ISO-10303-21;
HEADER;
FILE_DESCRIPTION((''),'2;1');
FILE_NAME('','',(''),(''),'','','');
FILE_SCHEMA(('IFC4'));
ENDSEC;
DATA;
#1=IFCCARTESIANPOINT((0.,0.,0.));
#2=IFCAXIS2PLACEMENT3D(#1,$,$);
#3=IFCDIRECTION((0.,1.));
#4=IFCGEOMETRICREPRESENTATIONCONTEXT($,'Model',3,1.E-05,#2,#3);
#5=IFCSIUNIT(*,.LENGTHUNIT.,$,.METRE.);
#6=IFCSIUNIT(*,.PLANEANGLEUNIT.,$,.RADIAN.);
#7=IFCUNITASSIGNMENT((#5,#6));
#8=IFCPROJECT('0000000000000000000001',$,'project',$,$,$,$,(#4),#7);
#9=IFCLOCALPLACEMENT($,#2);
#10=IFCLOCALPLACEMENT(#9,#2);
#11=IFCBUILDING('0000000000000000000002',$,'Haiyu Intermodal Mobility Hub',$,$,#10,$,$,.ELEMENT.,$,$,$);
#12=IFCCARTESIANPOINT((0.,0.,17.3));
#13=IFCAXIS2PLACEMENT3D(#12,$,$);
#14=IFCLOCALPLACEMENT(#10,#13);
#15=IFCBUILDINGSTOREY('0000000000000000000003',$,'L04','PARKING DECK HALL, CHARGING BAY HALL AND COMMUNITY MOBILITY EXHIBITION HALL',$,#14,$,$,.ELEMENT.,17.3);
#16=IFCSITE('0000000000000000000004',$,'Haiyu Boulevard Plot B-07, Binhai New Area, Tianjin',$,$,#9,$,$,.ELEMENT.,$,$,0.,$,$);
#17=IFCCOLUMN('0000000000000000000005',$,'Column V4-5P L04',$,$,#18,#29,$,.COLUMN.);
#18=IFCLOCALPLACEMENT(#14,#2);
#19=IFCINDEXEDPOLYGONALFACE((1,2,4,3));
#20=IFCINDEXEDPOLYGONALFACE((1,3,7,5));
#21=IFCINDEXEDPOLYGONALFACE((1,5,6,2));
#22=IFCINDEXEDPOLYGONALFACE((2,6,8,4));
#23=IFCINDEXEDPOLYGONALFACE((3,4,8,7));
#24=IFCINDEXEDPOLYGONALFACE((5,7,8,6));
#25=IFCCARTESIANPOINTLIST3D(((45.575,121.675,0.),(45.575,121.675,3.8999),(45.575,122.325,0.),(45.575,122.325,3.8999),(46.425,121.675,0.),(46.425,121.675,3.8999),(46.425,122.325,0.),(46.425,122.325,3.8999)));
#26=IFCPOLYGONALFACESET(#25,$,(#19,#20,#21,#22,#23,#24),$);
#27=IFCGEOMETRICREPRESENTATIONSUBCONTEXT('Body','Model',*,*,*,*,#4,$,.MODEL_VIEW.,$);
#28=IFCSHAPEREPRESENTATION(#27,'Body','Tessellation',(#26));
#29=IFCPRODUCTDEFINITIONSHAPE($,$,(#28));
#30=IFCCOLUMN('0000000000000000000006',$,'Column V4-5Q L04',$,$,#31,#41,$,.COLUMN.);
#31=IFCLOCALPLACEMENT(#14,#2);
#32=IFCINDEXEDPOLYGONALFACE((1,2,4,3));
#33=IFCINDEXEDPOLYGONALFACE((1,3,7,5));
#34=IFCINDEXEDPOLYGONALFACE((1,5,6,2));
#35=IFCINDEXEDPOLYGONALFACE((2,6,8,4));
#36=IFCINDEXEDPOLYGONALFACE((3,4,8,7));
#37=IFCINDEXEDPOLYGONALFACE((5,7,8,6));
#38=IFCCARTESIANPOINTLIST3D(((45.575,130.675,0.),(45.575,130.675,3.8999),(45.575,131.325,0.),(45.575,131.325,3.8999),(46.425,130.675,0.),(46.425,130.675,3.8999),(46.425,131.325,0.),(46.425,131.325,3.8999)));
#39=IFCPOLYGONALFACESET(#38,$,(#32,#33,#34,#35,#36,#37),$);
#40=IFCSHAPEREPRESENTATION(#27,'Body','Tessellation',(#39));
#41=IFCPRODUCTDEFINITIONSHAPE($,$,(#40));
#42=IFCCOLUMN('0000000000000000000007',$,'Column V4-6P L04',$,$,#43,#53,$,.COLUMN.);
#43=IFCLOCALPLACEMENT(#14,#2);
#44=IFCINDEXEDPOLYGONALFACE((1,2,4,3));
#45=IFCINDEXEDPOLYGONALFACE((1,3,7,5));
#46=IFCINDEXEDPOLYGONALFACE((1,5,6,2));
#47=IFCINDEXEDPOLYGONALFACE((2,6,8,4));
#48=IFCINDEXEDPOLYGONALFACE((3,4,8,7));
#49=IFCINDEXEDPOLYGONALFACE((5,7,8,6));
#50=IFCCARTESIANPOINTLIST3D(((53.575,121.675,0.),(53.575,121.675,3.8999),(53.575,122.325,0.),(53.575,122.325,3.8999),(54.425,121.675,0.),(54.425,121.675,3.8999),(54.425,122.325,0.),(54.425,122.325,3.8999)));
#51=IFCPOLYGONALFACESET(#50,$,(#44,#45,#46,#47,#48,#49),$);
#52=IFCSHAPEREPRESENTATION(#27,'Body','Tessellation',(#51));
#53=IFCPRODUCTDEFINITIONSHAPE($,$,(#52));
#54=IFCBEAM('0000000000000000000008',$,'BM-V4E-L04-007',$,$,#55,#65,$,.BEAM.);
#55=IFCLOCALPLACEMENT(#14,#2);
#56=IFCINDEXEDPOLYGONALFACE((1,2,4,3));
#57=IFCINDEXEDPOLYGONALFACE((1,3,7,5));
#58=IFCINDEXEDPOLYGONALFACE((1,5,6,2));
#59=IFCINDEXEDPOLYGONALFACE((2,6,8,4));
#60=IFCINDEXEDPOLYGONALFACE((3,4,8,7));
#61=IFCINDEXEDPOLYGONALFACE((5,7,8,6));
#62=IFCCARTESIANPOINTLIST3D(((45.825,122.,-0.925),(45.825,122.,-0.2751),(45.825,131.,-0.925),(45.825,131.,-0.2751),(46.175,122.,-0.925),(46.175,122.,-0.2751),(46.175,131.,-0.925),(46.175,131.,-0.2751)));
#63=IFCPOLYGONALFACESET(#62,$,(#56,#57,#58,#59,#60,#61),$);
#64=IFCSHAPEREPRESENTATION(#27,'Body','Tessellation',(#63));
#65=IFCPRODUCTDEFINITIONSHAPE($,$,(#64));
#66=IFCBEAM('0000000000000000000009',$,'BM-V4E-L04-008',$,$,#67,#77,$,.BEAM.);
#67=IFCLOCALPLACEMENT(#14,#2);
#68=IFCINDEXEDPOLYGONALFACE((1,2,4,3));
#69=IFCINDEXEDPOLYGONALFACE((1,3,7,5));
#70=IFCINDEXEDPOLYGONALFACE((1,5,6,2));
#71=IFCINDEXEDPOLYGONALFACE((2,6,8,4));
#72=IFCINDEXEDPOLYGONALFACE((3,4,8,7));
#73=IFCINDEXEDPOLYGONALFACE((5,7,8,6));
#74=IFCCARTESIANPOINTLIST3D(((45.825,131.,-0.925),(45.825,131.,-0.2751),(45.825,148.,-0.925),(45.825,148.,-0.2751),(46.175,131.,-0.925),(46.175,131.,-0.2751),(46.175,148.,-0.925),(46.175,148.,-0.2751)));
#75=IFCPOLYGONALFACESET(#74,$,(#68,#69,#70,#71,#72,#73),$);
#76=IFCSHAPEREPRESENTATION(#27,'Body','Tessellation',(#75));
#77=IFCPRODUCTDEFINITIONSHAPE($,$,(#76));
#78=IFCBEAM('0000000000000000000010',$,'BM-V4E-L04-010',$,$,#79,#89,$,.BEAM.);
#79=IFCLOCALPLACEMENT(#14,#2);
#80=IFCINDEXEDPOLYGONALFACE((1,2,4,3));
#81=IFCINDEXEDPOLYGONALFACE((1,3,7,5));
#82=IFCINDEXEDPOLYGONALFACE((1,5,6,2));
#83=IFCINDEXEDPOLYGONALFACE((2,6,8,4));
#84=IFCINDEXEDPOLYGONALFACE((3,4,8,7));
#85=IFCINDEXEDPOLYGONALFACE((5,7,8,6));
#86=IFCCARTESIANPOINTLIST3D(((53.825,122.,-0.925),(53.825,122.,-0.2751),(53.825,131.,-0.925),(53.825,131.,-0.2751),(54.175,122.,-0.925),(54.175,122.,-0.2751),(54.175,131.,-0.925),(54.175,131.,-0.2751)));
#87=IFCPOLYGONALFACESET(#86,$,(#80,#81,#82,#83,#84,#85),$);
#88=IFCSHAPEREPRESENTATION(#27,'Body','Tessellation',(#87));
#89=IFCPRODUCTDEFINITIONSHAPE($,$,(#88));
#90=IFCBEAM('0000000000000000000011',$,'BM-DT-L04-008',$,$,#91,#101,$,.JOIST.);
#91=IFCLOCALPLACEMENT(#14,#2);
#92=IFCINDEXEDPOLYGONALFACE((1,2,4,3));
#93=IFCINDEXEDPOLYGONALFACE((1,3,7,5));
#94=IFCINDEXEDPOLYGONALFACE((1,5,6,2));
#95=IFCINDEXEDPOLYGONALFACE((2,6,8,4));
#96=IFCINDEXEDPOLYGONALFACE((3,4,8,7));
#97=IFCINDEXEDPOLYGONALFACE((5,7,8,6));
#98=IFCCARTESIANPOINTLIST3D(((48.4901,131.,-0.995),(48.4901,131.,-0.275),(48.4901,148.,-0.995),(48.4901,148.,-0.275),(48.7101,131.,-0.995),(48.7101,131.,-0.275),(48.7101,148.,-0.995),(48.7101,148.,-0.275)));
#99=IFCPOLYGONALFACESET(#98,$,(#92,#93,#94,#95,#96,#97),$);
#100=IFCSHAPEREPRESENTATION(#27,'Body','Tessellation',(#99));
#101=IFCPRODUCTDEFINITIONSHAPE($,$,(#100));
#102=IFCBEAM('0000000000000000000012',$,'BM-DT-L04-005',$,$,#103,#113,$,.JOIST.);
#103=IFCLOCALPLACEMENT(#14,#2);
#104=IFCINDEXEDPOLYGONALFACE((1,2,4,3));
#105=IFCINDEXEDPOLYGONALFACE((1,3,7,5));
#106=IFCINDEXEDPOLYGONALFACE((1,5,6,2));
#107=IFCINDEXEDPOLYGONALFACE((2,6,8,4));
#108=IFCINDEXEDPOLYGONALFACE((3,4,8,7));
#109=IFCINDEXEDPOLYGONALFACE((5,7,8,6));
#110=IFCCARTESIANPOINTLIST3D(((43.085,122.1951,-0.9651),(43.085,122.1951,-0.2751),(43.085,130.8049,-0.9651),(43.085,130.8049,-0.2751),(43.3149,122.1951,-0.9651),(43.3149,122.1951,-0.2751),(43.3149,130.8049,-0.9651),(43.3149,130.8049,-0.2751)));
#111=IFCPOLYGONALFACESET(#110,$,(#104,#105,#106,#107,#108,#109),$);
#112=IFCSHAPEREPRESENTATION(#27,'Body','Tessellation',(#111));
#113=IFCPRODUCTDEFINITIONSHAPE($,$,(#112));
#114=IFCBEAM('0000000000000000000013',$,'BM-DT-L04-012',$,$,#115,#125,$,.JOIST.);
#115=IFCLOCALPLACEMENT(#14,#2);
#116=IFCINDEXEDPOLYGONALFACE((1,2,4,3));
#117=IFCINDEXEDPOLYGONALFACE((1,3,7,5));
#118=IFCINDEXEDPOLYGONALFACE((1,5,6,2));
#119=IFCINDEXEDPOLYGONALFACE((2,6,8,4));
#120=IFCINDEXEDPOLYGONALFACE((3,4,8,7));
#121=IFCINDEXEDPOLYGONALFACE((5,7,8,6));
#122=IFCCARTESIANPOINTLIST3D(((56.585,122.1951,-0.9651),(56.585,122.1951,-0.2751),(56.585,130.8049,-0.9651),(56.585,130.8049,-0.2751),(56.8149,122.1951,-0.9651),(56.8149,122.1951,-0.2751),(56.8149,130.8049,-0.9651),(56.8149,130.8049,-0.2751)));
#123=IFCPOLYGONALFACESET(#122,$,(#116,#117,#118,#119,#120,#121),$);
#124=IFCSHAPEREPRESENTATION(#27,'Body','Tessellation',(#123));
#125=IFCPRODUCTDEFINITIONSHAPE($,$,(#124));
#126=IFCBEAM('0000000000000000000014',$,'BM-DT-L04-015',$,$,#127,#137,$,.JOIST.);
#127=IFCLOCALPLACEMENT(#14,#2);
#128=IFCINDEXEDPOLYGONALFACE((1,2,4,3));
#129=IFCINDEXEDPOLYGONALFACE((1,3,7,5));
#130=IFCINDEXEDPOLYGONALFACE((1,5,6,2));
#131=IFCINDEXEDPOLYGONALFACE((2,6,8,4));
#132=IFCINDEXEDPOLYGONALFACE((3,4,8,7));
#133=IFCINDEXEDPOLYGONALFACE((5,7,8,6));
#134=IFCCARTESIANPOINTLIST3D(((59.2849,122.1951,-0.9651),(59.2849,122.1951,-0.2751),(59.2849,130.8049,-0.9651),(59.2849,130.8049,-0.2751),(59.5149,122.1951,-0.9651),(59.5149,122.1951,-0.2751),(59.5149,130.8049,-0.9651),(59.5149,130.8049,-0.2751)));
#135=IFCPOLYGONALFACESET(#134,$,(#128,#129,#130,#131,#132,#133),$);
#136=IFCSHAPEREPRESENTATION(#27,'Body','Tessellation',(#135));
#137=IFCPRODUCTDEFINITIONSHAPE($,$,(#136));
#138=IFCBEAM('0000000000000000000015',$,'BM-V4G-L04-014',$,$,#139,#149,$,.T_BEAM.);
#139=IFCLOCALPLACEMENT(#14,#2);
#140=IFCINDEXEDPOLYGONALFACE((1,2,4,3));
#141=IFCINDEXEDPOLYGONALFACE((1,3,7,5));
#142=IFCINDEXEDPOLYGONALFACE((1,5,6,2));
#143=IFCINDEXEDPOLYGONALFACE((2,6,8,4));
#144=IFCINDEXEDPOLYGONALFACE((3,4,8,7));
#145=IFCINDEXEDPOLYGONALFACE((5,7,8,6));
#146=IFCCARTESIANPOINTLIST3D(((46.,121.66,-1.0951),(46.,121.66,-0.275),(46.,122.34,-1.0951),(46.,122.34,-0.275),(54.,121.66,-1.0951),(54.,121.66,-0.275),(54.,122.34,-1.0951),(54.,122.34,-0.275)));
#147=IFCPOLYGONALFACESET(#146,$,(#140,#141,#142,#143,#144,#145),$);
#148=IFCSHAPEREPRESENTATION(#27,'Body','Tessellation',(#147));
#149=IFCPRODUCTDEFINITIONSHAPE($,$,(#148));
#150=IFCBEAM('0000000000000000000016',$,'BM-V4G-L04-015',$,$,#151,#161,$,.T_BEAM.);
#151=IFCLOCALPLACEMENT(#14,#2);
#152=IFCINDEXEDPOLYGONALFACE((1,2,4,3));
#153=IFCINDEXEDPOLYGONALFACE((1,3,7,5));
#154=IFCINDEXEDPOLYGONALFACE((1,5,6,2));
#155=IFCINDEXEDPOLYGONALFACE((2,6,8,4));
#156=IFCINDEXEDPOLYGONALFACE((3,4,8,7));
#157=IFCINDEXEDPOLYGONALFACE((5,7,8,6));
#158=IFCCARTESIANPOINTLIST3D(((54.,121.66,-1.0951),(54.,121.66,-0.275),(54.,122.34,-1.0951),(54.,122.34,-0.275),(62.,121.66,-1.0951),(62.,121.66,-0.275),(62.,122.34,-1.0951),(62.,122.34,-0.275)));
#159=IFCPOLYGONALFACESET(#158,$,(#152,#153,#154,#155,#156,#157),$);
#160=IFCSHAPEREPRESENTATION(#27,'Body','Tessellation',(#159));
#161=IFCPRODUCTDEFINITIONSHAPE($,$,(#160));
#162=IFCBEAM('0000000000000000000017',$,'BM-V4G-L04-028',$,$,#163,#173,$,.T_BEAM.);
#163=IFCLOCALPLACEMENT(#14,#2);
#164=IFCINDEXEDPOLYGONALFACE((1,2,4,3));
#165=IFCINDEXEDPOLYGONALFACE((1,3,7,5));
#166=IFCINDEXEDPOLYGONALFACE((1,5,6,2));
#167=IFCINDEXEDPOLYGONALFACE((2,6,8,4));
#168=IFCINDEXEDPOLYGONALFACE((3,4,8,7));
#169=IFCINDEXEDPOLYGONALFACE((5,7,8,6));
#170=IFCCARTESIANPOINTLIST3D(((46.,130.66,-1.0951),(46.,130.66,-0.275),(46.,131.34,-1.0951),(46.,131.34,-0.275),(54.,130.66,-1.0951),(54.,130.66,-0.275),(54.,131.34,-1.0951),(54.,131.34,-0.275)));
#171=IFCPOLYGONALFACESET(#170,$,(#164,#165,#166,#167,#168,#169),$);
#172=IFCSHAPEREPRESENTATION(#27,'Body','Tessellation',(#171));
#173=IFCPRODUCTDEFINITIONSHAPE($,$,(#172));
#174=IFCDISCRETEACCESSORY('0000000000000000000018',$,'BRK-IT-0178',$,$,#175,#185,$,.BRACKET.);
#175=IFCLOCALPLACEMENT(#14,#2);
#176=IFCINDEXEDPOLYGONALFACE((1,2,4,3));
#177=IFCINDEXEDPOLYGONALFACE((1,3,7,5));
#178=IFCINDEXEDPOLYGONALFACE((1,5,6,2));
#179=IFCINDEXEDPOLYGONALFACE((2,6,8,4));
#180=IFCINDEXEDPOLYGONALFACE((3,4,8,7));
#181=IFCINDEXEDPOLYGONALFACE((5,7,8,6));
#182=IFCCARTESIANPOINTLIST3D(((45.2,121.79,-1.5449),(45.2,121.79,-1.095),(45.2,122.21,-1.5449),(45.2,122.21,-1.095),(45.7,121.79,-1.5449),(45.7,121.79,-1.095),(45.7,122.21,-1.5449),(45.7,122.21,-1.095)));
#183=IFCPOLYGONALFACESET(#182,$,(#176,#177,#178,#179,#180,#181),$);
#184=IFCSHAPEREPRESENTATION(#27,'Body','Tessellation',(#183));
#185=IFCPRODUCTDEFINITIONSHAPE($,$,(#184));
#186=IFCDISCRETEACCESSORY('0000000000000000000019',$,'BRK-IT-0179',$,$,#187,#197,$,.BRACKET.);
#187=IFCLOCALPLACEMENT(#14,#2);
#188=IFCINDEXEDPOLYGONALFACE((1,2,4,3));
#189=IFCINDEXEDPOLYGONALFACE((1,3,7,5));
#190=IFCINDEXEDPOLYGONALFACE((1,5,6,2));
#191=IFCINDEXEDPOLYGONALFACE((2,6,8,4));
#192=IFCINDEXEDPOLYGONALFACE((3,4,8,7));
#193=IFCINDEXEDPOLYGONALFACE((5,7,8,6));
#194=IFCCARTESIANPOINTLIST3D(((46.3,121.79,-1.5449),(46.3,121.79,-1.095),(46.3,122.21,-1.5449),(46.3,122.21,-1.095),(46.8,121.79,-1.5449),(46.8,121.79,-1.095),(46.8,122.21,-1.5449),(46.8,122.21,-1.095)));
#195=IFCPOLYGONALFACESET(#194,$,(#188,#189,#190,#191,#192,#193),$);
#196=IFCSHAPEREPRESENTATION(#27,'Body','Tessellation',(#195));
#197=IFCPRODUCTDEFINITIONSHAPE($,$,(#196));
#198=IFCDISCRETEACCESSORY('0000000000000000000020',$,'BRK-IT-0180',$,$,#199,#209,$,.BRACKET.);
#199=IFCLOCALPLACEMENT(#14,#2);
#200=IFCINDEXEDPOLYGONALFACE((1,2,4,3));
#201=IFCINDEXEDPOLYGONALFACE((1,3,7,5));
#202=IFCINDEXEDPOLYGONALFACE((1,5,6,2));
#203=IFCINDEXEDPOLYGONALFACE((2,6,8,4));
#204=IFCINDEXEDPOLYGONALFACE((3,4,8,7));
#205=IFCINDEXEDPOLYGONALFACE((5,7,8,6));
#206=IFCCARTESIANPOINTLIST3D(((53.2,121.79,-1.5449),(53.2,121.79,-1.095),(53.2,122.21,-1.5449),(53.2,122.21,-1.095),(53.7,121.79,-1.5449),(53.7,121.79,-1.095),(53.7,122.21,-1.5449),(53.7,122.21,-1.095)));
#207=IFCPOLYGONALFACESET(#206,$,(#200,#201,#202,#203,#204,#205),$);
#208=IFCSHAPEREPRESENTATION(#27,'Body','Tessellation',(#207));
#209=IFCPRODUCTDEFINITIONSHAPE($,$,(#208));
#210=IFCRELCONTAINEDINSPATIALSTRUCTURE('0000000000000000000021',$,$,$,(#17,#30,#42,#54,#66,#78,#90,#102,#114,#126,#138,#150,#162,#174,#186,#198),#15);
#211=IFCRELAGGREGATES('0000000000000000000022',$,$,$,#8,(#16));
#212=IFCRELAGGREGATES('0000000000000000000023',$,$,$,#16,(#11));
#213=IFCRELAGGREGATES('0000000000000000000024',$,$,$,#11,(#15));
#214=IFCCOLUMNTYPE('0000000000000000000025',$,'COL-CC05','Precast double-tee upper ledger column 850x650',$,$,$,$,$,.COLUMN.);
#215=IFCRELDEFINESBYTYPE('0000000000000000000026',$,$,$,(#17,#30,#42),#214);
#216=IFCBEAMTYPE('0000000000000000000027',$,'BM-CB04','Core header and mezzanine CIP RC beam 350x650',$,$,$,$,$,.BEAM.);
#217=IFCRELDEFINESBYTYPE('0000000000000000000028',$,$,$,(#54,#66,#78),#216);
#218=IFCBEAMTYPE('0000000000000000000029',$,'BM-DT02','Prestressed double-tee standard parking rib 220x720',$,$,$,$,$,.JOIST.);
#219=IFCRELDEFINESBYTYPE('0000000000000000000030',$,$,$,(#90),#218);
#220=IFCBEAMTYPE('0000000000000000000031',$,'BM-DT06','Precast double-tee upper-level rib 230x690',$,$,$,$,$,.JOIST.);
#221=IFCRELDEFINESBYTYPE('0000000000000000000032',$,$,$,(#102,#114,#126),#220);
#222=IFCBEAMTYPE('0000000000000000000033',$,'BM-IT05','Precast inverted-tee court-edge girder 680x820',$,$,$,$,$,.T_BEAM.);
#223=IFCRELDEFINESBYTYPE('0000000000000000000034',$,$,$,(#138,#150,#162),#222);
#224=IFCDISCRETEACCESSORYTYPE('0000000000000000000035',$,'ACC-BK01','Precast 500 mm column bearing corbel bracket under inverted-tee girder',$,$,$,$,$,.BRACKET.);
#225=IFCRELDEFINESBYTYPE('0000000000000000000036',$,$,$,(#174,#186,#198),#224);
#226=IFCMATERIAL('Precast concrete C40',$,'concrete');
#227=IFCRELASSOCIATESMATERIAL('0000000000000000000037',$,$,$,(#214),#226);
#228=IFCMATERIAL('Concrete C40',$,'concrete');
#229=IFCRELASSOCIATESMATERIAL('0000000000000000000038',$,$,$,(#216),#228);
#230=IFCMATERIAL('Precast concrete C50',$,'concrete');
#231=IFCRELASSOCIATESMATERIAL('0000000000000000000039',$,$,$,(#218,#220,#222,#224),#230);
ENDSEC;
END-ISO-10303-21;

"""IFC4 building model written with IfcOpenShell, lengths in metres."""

from ifc_helpers import new_model, si_unit, direction, frame, origin, origin_2d, place, context, subcontext, project, spatial, rectangle, extrude, material, material_profile, profile_set, type_object, element, save


model = new_model("IFC4")

# Units and contexts
model_context = context("Model", 3, precision=1e-05, world=origin(), true_north=direction((0.0, 1.0)))
body_context = subcontext(model_context, "Body", "Model", "MODEL_VIEW")
ifc_project = project(units=[si_unit("LENGTHUNIT", "METRE"), si_unit("PLANEANGLEUNIT", "RADIAN")], contexts=[model_context])

# Site, building, storey
site_placement = place(None, origin())
site = spatial("IfcSite", under=ifc_project, at=site_placement, Name="Haiyu Boulevard Plot B-07, Binhai New Area, Tianjin", CompositionType="ELEMENT", RefElevation=0.0)
building_placement = place(site_placement, origin())
building = spatial("IfcBuilding", under=site, at=building_placement, Name="Haiyu Intermodal Mobility Hub", CompositionType="ELEMENT")
storey_placement = place(building_placement, frame((0.0, 0.0, 17.3)))
storey = spatial("IfcBuildingStorey", under=building, at=storey_placement, Name="L04", Description="PARKING DECK HALL, CHARGING BAY HALL AND COMMUNITY MOBILITY EXHIBITION HALL", CompositionType="ELEMENT", Elevation=17.3)

# Columns
ifc_material_1 = material(Name="Precast concrete C40", Category="concrete")
ifc_material_profile_1 = material_profile(ifc_material_1, rectangle(XDim=0.8501, YDim=0.6499, at=origin_2d()), Name="RC850x650")
ifc_profile_set_1 = profile_set([ifc_material_profile_1], Name="Precast concrete C40")
column_type = type_object("IfcColumnType", Name="COL-CC05", Description="Precast double-tee upper ledger column 850x650", PredefinedType="COLUMN", material=ifc_profile_set_1)
for number, where, z_axis, x_axis, name in (
    (1, (46.0, 122.0, 0.0), (0.0, 0.0, 1.0), (1.0, 0.0, 0.0), "Column V4-5P L04"),
    (2, (46.0, 131.0, 0.0), (0.0, 0.0, 1.0), (1.0, 0.0, 0.0), "Column V4-5Q L04"),
    (3, (54.0, 122.0, 0.0), (0.0, 0.0, 1.0), (1.0, 0.0, 0.0), "Column V4-6P L04"),
):
    element("IfcColumn", number, at=place(storey_placement, frame(where, z_axis=z_axis, x_axis=x_axis)), inside=storey, type_object=column_type, Name=name, PredefinedType="COLUMN", context=body_context, shape_type="SweptSolid", body=[
        extrude(rectangle(XDim=0.8501, YDim=0.6499, at=origin_2d()), origin(), (0.0, 0.0, 1.0), 3.8999),
    ])

# Beams
ifc_material_2 = material(Name="Concrete C40", Category="concrete")
ifc_material_profile_2 = material_profile(ifc_material_2, rectangle(XDim=0.3501, YDim=0.6499, at=origin_2d()), Name="RCB350x650")
ifc_profile_set_2 = profile_set([ifc_material_profile_2], Name="Concrete C40")
beam_type_1 = type_object("IfcBeamType", Name="BM-CB04", Description="Core header and mezzanine CIP RC beam 350x650", PredefinedType="BEAM", material=ifc_profile_set_2)
beam_1_placement = place(storey_placement, frame((46.0, 122.0, -0.6001), z_axis=(0.0, 1.0, 0.0), x_axis=(-1.0, 0.0, 0.0)))
element("IfcBeam", 4, at=beam_1_placement, inside=storey, type_object=beam_type_1, Name="BM-V4E-L04-007", PredefinedType="BEAM", context=body_context, shape_type="SweptSolid", body=[
    extrude(rectangle(XDim=0.3501, YDim=0.6499, at=origin_2d()), origin(), (0.0, 0.0, 1.0), 9.0),
])
beam_2_placement = place(storey_placement, frame((46.0, 131.0, -0.6001), z_axis=(0.0, 1.0, 0.0), x_axis=(-1.0, 0.0, 0.0)))
element("IfcBeam", 5, at=beam_2_placement, inside=storey, type_object=beam_type_1, Name="BM-V4E-L04-008", PredefinedType="BEAM", context=body_context, shape_type="SweptSolid", body=[
    extrude(rectangle(XDim=0.3501, YDim=0.6499, at=origin_2d()), origin(), (0.0, 0.0, 1.0), 17.0),
])
beam_3_placement = place(storey_placement, frame((54.0, 122.0, -0.6001), z_axis=(0.0, 1.0, 0.0), x_axis=(-1.0, 0.0, 0.0)))
element("IfcBeam", 6, at=beam_3_placement, inside=storey, type_object=beam_type_1, Name="BM-V4E-L04-010", PredefinedType="BEAM", context=body_context, shape_type="SweptSolid", body=[
    extrude(rectangle(XDim=0.3501, YDim=0.6499, at=origin_2d()), origin(), (0.0, 0.0, 1.0), 9.0),
])
ifc_material_3 = material(Name="Precast concrete C50", Category="concrete")
ifc_material_profile_3 = material_profile(ifc_material_3, rectangle(XDim=0.22, YDim=0.72, at=origin_2d()), Name="PC220x720")
ifc_profile_set_3 = profile_set([ifc_material_profile_3], Name="Precast concrete C50")
beam_type_2 = type_object("IfcBeamType", Name="BM-DT02", Description="Prestressed double-tee standard parking rib 220x720", PredefinedType="JOIST", material=ifc_profile_set_3)
beam_4_placement = place(storey_placement, frame((48.6001, 131.0, -0.635), z_axis=(0.0, 1.0, 0.0), x_axis=(-1.0, 0.0, 0.0)))
element("IfcBeam", 7, at=beam_4_placement, inside=storey, type_object=beam_type_2, Name="BM-DT-L04-008", PredefinedType="JOIST", context=body_context, shape_type="SweptSolid", body=[
    extrude(rectangle(XDim=0.22, YDim=0.72, at=origin_2d()), origin(), (0.0, 0.0, 1.0), 17.0),
])
ifc_material_profile_4 = material_profile(ifc_material_3, rectangle(XDim=0.23, YDim=0.6899, at=origin_2d()), Name="B230x690")
ifc_profile_set_4 = profile_set([ifc_material_profile_4], Name="Precast concrete C50")
beam_type_3 = type_object("IfcBeamType", Name="BM-DT06", Description="Precast double-tee upper-level rib 230x690", PredefinedType="JOIST", material=ifc_profile_set_4)
for number, where, z_axis, x_axis, name in (
    (8, (43.2, 122.1951, -0.6201), (0.0, 1.0, 0.0), (-1.0, 0.0, 0.0), "BM-DT-L04-005"),
    (9, (56.7, 122.1951, -0.6201), (0.0, 1.0, 0.0), (-1.0, 0.0, 0.0), "BM-DT-L04-012"),
    (10, (59.3999, 122.1951, -0.6201), (0.0, 1.0, 0.0), (-1.0, 0.0, 0.0), "BM-DT-L04-015"),
):
    element("IfcBeam", number, at=place(storey_placement, frame(where, z_axis=z_axis, x_axis=x_axis)), inside=storey, type_object=beam_type_3, Name=name, PredefinedType="JOIST", context=body_context, shape_type="SweptSolid", body=[
        extrude(rectangle(XDim=0.23, YDim=0.6899, at=origin_2d()), origin(), (0.0, 0.0, 1.0), 8.6099),
    ])
ifc_material_profile_5 = material_profile(ifc_material_3, rectangle(XDim=0.6799, YDim=0.8201, at=origin_2d()), Name="B680x820")
ifc_profile_set_5 = profile_set([ifc_material_profile_5], Name="Precast concrete C50")
beam_type_4 = type_object("IfcBeamType", Name="BM-IT05", Description="Precast inverted-tee court-edge girder 680x820", PredefinedType="T_BEAM", material=ifc_profile_set_5)
for number, where, z_axis, x_axis, name in (
    (11, (46.0, 122.0, -0.6851), (1.0, 0.0, 0.0), (0.0, 1.0, 0.0), "BM-V4G-L04-014"),
    (12, (54.0, 122.0, -0.6851), (1.0, 0.0, 0.0), (0.0, 1.0, 0.0), "BM-V4G-L04-015"),
    (13, (46.0, 131.0, -0.6851), (1.0, 0.0, 0.0), (0.0, 1.0, 0.0), "BM-V4G-L04-028"),
):
    element("IfcBeam", number, at=place(storey_placement, frame(where, z_axis=z_axis, x_axis=x_axis)), inside=storey, type_object=beam_type_4, Name=name, PredefinedType="T_BEAM", context=body_context, shape_type="SweptSolid", body=[
        extrude(rectangle(XDim=0.6799, YDim=0.8201, at=origin_2d()), origin(), (0.0, 0.0, 1.0), 8.0),
    ])

# Discrete accessories
discrete_accessory_type = type_object("IfcDiscreteAccessoryType", Name="ACC-BK01", Description="Precast 500 mm column bearing corbel bracket under inverted-tee girder", PredefinedType="BRACKET", material=ifc_material_3)
for number, where, z_axis, x_axis, name in (
    (14, (45.45, 122.0, -1.5449), (0.0, 0.0, 1.0), (1.0, 0.0, 0.0), "BRK-IT-0178"),
    (15, (46.55, 122.0, -1.5449), (0.0, 0.0, 1.0), (1.0, 0.0, 0.0), "BRK-IT-0179"),
    (16, (53.45, 122.0, -1.5449), (0.0, 0.0, 1.0), (1.0, 0.0, 0.0), "BRK-IT-0180"),
):
    element("IfcDiscreteAccessory", number, at=place(storey_placement, frame(where, z_axis=z_axis, x_axis=x_axis)), inside=storey, type_object=discrete_accessory_type, Name=name, PredefinedType="BRACKET", context=body_context, shape_type="SweptSolid", body=[
        extrude(rectangle(XDim=0.5, YDim=0.4199, at=origin_2d()), origin(), (0.0, 0.0, 1.0), 0.45),
    ])

save(model, "model.ifc")
